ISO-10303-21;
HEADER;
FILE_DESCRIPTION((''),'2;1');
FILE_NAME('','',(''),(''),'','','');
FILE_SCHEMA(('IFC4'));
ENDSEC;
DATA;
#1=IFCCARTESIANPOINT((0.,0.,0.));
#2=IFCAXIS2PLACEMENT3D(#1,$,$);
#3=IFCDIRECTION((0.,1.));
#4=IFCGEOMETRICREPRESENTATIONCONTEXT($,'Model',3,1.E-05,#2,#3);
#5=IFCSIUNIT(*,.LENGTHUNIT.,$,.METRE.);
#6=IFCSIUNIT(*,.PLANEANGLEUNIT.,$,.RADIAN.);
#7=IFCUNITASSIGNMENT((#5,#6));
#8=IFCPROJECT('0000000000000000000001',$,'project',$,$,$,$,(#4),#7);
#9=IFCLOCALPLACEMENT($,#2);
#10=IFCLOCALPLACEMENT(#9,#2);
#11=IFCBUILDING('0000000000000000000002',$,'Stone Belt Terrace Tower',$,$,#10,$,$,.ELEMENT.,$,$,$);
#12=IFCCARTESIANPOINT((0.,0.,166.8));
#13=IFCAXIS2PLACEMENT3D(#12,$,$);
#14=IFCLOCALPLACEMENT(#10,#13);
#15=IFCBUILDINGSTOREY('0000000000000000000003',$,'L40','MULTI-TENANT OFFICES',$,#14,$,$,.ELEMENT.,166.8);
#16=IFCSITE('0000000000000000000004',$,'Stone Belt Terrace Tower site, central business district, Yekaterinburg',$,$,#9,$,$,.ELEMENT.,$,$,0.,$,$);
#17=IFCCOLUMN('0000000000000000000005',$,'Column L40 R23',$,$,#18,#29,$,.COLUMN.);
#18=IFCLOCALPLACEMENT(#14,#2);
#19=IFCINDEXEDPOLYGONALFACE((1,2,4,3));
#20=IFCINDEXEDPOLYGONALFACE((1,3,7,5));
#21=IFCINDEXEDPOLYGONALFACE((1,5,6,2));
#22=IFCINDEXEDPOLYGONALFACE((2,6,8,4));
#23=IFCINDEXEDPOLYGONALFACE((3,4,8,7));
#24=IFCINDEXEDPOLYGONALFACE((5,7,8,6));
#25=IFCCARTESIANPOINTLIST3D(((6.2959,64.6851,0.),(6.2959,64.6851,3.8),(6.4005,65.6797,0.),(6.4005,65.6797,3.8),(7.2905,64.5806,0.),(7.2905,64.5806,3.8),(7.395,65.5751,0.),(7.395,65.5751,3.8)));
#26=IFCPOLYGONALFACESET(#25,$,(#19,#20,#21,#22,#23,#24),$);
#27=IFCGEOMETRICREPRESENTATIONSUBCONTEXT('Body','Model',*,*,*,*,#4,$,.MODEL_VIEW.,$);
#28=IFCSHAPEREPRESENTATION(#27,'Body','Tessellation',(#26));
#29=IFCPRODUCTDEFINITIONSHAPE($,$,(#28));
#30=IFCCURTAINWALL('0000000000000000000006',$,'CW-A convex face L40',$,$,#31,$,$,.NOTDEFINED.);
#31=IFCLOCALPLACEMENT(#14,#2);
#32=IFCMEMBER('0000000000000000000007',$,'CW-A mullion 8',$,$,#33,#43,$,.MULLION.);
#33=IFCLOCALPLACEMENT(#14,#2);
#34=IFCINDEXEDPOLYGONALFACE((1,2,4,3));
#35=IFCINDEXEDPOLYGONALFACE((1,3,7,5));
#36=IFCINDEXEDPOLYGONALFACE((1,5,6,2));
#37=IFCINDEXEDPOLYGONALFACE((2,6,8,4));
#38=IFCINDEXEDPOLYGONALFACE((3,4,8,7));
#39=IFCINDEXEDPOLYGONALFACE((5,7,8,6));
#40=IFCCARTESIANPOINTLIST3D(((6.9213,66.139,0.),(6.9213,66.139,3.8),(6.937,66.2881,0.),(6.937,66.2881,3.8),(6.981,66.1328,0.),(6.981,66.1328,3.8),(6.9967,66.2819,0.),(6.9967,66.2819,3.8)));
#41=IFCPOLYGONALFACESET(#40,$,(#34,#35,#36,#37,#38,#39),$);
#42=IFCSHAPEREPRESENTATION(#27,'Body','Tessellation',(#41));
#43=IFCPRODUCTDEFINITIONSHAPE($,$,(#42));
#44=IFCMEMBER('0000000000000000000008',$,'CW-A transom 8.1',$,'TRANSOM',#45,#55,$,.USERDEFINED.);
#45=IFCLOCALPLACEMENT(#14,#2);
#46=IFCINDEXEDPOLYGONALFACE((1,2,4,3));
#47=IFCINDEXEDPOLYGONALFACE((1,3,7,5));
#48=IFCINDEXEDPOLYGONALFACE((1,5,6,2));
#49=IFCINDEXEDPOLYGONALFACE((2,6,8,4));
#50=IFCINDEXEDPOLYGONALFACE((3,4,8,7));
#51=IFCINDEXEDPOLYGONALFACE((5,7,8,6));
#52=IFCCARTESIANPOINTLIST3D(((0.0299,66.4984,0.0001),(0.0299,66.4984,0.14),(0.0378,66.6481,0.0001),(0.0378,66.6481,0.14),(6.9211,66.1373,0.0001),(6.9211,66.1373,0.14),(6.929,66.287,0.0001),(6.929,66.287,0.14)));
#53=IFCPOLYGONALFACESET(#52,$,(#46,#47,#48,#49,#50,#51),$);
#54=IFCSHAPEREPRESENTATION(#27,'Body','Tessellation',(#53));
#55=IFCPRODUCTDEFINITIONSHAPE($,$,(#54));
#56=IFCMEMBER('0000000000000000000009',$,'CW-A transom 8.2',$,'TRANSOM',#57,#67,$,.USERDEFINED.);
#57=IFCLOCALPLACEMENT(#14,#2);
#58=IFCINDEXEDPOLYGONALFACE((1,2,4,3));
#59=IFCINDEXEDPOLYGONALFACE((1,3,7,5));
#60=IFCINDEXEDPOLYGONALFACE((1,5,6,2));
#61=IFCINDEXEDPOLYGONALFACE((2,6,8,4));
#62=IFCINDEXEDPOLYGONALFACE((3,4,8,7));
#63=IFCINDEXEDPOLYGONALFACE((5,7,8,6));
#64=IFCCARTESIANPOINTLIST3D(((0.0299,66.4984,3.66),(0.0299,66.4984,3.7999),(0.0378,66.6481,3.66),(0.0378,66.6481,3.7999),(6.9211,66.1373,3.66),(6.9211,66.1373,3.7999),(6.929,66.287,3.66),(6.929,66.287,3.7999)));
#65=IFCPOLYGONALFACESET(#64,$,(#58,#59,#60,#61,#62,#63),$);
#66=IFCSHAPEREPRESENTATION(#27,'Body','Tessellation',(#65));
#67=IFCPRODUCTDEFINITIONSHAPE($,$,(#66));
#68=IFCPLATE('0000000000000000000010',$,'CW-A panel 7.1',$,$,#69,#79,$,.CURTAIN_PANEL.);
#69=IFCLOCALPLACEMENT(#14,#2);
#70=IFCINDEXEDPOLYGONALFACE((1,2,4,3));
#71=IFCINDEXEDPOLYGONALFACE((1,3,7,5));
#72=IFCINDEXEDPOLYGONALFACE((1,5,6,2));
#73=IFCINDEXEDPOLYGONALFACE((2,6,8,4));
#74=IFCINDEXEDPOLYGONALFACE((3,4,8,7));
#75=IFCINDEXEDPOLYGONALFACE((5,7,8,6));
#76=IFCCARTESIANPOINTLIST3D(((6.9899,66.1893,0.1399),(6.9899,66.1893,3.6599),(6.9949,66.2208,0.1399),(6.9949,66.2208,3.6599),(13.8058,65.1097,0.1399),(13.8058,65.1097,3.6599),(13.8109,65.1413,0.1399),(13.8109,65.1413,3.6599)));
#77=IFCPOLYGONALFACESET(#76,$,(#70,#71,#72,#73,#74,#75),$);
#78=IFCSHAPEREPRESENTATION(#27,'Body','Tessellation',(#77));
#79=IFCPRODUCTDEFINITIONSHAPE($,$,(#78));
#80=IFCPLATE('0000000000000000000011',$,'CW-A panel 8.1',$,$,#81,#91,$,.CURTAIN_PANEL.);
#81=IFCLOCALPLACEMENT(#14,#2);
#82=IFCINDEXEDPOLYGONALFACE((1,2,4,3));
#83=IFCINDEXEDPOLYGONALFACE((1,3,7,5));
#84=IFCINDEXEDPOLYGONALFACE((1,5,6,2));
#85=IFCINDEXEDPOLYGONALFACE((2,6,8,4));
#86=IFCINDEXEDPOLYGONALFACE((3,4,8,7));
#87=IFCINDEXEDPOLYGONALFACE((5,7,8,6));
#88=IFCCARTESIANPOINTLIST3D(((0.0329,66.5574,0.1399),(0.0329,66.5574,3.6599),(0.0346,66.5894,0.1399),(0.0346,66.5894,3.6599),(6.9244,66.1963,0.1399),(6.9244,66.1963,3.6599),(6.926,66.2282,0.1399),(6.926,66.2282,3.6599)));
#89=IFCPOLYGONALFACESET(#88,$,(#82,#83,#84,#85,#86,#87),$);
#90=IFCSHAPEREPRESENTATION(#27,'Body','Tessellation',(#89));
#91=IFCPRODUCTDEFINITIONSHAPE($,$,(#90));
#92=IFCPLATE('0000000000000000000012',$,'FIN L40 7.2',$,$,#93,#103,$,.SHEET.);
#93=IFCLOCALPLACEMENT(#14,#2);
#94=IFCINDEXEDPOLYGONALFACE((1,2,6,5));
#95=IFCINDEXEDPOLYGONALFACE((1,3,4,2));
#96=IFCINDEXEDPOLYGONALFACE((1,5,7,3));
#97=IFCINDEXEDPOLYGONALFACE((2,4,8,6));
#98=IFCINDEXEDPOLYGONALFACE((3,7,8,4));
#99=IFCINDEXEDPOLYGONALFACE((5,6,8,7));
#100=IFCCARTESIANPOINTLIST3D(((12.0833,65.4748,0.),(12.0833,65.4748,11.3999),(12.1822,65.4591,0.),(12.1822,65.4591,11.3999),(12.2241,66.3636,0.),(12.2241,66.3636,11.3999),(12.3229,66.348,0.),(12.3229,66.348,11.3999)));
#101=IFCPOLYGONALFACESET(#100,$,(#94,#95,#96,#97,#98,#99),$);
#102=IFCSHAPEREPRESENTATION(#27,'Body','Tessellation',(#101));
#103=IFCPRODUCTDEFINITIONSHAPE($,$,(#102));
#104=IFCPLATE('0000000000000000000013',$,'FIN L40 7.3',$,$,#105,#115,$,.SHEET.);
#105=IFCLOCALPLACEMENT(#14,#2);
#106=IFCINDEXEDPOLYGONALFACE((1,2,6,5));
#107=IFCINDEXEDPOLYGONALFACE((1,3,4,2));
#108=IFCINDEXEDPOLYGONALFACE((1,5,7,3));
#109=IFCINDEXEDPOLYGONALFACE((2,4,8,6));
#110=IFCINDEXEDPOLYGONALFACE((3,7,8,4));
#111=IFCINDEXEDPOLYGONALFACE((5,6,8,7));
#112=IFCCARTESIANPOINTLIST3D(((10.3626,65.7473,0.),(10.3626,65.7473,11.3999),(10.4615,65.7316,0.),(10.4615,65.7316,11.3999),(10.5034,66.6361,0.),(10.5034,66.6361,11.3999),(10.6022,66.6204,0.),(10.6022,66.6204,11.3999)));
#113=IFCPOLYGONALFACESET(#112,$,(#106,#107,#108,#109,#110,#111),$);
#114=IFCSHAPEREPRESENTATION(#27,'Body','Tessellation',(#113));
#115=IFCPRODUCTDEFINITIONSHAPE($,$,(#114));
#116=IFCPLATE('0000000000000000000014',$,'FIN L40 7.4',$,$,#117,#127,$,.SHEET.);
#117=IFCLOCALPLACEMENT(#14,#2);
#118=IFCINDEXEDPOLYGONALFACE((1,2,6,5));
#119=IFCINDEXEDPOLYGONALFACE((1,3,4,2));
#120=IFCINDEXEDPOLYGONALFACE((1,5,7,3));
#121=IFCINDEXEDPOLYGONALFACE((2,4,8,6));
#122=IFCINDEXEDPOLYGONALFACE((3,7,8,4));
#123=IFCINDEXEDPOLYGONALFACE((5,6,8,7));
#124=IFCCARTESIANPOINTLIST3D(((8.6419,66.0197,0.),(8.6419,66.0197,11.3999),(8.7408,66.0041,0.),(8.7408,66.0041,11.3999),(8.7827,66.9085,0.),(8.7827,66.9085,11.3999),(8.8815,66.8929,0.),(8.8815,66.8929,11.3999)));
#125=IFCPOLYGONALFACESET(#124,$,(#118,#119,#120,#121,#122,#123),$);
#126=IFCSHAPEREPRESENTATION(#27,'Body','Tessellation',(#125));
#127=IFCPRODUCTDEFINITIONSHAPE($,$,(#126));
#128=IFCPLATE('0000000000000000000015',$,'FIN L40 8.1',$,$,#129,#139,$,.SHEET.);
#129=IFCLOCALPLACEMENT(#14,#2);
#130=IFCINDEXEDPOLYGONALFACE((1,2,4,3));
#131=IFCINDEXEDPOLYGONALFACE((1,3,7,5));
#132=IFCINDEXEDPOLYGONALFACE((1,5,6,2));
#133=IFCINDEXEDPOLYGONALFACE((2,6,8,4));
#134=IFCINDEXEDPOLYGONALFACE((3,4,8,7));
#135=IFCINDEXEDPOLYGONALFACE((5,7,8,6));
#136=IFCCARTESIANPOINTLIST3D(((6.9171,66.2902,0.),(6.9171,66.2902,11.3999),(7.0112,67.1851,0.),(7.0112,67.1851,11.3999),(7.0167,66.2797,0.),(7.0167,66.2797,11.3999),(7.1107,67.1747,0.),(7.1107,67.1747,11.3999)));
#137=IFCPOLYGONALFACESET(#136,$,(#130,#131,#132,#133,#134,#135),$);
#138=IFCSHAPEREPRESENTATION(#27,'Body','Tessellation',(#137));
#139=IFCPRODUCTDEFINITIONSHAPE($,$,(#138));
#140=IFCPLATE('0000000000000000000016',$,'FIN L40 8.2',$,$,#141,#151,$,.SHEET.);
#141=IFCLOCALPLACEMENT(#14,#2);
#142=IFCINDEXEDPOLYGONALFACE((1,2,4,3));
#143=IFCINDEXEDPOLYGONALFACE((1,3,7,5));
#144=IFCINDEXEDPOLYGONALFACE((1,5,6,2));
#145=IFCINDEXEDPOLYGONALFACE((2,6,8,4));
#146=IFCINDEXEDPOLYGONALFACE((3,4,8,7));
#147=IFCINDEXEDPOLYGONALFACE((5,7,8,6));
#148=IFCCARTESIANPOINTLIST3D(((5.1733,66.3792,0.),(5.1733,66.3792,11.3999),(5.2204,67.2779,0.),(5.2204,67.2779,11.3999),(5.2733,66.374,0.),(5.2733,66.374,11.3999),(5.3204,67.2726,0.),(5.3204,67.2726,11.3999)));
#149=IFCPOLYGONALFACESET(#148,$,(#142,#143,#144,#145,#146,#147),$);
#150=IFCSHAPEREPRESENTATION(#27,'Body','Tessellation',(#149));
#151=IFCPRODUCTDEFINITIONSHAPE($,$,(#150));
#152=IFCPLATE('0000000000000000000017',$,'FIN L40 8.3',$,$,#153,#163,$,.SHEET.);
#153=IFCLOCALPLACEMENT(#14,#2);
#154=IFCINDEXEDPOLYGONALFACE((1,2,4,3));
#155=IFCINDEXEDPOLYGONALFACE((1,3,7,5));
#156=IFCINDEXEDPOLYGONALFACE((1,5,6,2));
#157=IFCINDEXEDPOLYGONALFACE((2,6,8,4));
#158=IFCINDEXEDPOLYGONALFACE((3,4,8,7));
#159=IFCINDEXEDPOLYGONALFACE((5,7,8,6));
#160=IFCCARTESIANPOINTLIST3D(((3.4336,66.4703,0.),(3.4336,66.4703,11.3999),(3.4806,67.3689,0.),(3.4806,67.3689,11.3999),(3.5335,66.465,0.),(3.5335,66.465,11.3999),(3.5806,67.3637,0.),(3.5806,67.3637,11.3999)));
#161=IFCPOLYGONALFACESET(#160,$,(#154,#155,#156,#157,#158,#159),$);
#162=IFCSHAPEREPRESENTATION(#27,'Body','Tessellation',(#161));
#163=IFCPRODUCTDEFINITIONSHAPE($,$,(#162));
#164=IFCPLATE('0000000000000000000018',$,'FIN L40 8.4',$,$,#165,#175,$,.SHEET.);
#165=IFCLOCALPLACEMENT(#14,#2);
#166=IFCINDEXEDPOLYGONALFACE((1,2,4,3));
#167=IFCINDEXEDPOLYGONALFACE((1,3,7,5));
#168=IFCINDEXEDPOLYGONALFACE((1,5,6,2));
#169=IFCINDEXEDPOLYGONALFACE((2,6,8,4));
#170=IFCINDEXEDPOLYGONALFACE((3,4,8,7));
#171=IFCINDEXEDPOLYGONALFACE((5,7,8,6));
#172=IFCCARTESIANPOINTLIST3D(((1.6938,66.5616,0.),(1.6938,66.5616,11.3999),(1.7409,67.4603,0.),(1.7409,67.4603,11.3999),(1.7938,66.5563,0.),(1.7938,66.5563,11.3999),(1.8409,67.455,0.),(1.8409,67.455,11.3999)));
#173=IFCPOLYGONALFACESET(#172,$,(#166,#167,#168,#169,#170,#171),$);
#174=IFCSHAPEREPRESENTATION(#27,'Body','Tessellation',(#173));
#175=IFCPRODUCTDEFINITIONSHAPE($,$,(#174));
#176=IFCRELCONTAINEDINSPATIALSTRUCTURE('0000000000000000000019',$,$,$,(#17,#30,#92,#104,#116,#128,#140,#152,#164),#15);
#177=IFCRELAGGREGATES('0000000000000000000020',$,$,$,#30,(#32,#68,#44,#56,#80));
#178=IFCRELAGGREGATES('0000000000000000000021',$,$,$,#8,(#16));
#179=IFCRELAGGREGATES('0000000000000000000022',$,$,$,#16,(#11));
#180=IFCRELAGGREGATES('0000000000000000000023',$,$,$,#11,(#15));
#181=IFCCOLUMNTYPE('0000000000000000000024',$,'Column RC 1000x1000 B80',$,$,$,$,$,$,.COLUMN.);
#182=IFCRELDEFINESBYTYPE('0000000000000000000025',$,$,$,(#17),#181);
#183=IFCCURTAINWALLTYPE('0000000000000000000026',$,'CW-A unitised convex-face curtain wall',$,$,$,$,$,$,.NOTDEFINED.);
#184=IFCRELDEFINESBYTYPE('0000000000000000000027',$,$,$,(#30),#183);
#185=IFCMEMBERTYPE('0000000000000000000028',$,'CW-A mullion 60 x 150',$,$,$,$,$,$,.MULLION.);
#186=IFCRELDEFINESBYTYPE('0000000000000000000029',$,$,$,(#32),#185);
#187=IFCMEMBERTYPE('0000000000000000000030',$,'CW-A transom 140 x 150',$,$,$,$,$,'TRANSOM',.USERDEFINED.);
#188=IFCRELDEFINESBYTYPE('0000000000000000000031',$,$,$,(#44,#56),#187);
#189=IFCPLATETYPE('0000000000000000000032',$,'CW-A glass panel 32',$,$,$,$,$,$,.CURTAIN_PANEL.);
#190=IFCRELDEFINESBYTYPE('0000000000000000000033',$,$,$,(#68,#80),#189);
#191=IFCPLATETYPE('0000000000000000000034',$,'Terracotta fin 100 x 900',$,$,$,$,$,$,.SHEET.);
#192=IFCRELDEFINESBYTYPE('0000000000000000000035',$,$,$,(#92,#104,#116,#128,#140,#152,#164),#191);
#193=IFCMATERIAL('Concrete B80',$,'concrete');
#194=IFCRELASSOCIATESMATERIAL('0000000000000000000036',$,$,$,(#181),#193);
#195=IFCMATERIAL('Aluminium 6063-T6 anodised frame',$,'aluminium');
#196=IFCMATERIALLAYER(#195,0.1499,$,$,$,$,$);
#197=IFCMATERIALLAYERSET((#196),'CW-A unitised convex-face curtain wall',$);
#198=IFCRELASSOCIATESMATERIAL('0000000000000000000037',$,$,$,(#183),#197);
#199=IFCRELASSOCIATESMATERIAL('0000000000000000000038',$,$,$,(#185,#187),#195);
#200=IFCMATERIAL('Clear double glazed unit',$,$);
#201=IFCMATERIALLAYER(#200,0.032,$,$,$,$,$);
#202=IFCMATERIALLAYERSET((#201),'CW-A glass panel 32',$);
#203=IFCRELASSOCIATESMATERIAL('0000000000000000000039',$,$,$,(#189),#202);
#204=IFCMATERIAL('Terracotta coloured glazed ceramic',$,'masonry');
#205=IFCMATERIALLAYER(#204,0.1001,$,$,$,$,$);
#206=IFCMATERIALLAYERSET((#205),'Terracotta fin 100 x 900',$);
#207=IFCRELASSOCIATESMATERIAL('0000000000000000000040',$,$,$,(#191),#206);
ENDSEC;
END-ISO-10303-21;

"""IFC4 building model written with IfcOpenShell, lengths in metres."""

from ifc_helpers import new_model, si_unit, direction, frame, origin, origin_2d, place, context, subcontext, project, spatial, rectangle, extrude, material, layer, layer_set, material_profile, profile_set, type_object, element, aggregate, save


model = new_model("IFC4")

# Units and contexts
model_context = context("Model", 3, precision=1e-05, world=origin(), true_north=direction((0.0, 1.0)))
body_context = subcontext(model_context, "Body", "Model", "MODEL_VIEW")
ifc_project = project(units=[si_unit("LENGTHUNIT", "METRE"), si_unit("PLANEANGLEUNIT", "RADIAN")], contexts=[model_context])

# Site, building, storey
site_placement = place(None, origin())
site = spatial("IfcSite", under=ifc_project, at=site_placement, Name="Stone Belt Terrace Tower site, central business district, Yekaterinburg", CompositionType="ELEMENT", RefElevation=0.0)
building_placement = place(site_placement, origin())
building = spatial("IfcBuilding", under=site, at=building_placement, Name="Stone Belt Terrace Tower", CompositionType="ELEMENT")
storey_placement = place(building_placement, frame((0.0, 0.0, 166.8)))
storey = spatial("IfcBuildingStorey", under=building, at=storey_placement, Name="L40", Description="MULTI-TENANT OFFICES", CompositionType="ELEMENT", Elevation=166.8)

# Column
ifc_material_1 = material(Name="Concrete B80", Category="concrete")
ifc_material_profile_1 = material_profile(ifc_material_1, rectangle(XDim=1.0, YDim=1.0, at=origin_2d()), Name="RC 1000x1000")
ifc_profile_set_1 = profile_set([ifc_material_profile_1], Name="Concrete B80")
column_type = type_object("IfcColumnType", Name="Column RC 1000x1000 B80", PredefinedType="COLUMN", material=ifc_profile_set_1)
column_placement = place(storey_placement, frame((6.8455, 65.1301, 0.0), z_axis=(0.0, 0.0, 1.0), x_axis=(0.994522, -0.104528, 0.0)))
element("IfcColumn", 1, at=column_placement, inside=storey, type_object=column_type, Name="Column L40 R23", PredefinedType="COLUMN", context=body_context, shape_type="SweptSolid", body=[
    extrude(rectangle(XDim=1.0, YDim=1.0, at=origin_2d()), origin(), (0.0, 0.0, 1.0), 3.8),
])

# Curtain wall, members, plates
ifc_material_2 = material(Name="Aluminium 6063-T6 anodised frame", Category="aluminium")
ifc_layer_1 = layer(ifc_material_2, 0.1499)
ifc_layer_set_1 = layer_set([ifc_layer_1], Name="CW-A unitised convex-face curtain wall")
curtain_wall_type = type_object("IfcCurtainWallType", Name="CW-A unitised convex-face curtain wall", PredefinedType="NOTDEFINED", material=ifc_layer_set_1)
curtain_wall_placement = place(storey_placement, origin())
curtain_wall = element("IfcCurtainWall", 2, at=curtain_wall_placement, inside=storey, type_object=curtain_wall_type, Name="CW-A convex face L40", PredefinedType="NOTDEFINED")
ifc_material_profile_2 = material_profile(ifc_material_2, rectangle(XDim=0.1499, YDim=0.0601, at=origin_2d()), Name="Aluminium 6063-T6 60x150")
ifc_profile_set_2 = profile_set([ifc_material_profile_2], Name="Aluminium 6063-T6 anodised frame")
member_type_1 = type_object("IfcMemberType", Name="CW-A mullion 60 x 150", PredefinedType="MULLION", material=ifc_profile_set_2)
member_1_placement = place(storey_placement, frame((6.959, 66.2104, 0.0), z_axis=(0.0, 0.0, 1.0), x_axis=(-0.104528, -0.994522, 0.0)))
member_1 = element("IfcMember", 3, at=member_1_placement, type_object=member_type_1, Name="CW-A mullion 8", PredefinedType="MULLION", context=body_context, shape_type="SweptSolid", body=[
    extrude(rectangle(XDim=0.1499, YDim=0.0601, at=origin_2d()), origin(), (0.0, 0.0, 1.0), 3.8),
])
ifc_material_profile_3 = material_profile(ifc_material_2, rectangle(XDim=0.1499, YDim=0.1399, at=origin_2d()), Name="Aluminium 6063-T6 150x140")
ifc_profile_set_3 = profile_set([ifc_material_profile_3], Name="Aluminium 6063-T6 anodised frame")
member_type_2 = type_object("IfcMemberType", Name="CW-A transom 140 x 150", ElementType="TRANSOM", PredefinedType="USERDEFINED", material=ifc_profile_set_3)
member_2_placement = place(storey_placement, frame((6.925, 66.2122, 0.0701), z_axis=(-0.99863, 0.052327, 0.0), x_axis=(-0.052327, -0.99863, 0.0)))
member_2 = element("IfcMember", 4, at=member_2_placement, type_object=member_type_2, Name="CW-A transom 8.1", ObjectType="TRANSOM", PredefinedType="USERDEFINED", context=body_context, shape_type="SweptSolid", body=[
    extrude(rectangle(XDim=0.1499, YDim=0.1399, at=origin_2d()), origin(), (0.0, 0.0, 1.0), 6.9006),
])
member_3_placement = place(storey_placement, frame((6.925, 66.2122, 3.73), z_axis=(-0.99863, 0.052327, 0.0), x_axis=(-0.052327, -0.99863, 0.0)))
member_3 = element("IfcMember", 5, at=member_3_placement, type_object=member_type_2, Name="CW-A transom 8.2", ObjectType="TRANSOM", PredefinedType="USERDEFINED", context=body_context, shape_type="SweptSolid", body=[
    extrude(rectangle(XDim=0.1499, YDim=0.1399, at=origin_2d()), origin(), (0.0, 0.0, 1.0), 6.9006),
])
ifc_material_3 = material(Name="Clear double glazed unit")
ifc_layer_2 = layer(ifc_material_3, 0.032)
ifc_layer_set_2 = layer_set([ifc_layer_2], Name="CW-A glass panel 32")
plate_type_1 = type_object("IfcPlateType", Name="CW-A glass panel 32", PredefinedType="CURTAIN_PANEL", material=ifc_layer_set_2)
plate_1_placement = place(storey_placement, frame((10.4004, 65.6653, 0.1399), z_axis=(0.0, 0.0, 1.0), x_axis=(-0.987688, 0.156434, 0.0)))
plate_1 = element("IfcPlate", 6, at=plate_1_placement, type_object=plate_type_1, Name="CW-A panel 7.1", PredefinedType="CURTAIN_PANEL", context=body_context, shape_type="SweptSolid", body=[
    extrude(rectangle(XDim=6.9009, YDim=0.032, at=origin_2d()), origin(), (0.0, 0.0, 1.0), 3.52),
])
plate_2_placement = place(storey_placement, frame((3.4795, 66.3928, 0.1399), z_axis=(0.0, 0.0, 1.0), x_axis=(-0.99863, 0.052336, 0.0)))
plate_2 = element("IfcPlate", 7, at=plate_2_placement, type_object=plate_type_1, Name="CW-A panel 8.1", PredefinedType="CURTAIN_PANEL", context=body_context, shape_type="SweptSolid", body=[
    extrude(rectangle(XDim=6.9009, YDim=0.032, at=origin_2d()), origin(), (0.0, 0.0, 1.0), 3.52),
])
aggregate(curtain_wall, [member_1, plate_1, member_2, member_3, plate_2])

# Plates
ifc_material_4 = material(Name="Terracotta coloured glazed ceramic", Category="masonry")
ifc_layer_3 = layer(ifc_material_4, 0.1001)
ifc_layer_set_3 = layer_set([ifc_layer_3], Name="Terracotta fin 100 x 900")
plate_type_2 = type_object("IfcPlateType", Name="Terracotta fin 100 x 900", PredefinedType="SHEET", material=ifc_layer_set_3)
for number, where, z_axis, x_axis, name in (
    (8, (12.2031, 65.9114, 0.0), (0.0, 0.0, 1.0), (0.156434, 0.987688, 0.0), "FIN L40 7.2"),
    (9, (10.4824, 66.1838, 0.0), (0.0, 0.0, 1.0), (0.156434, 0.987688, 0.0), "FIN L40 7.3"),
    (10, (8.7617, 66.4563, 0.0), (0.0, 0.0, 1.0), (0.156434, 0.987688, 0.0), "FIN L40 7.4"),
    (11, (7.0139, 66.7324, 0.0), (0.0, 0.0, 1.0), (0.104528, 0.994522, 0.0), "FIN L40 8.1"),
    (12, (5.2468, 66.8259, 0.0), (0.0, 0.0, 1.0), (0.052336, 0.99863, 0.0), "FIN L40 8.2"),
    (13, (3.5071, 66.917, 0.0), (0.0, 0.0, 1.0), (0.052336, 0.99863, 0.0), "FIN L40 8.3"),
    (14, (1.7673, 67.0083, 0.0), (0.0, 0.0, 1.0), (0.052336, 0.99863, 0.0), "FIN L40 8.4"),
):
    element("IfcPlate", number, at=place(storey_placement, frame(where, z_axis=z_axis, x_axis=x_axis)), inside=storey, type_object=plate_type_2, Name=name, PredefinedType="SHEET", context=body_context, shape_type="SweptSolid", body=[
        extrude(rectangle(XDim=0.8999, YDim=0.1001, at=origin_2d()), origin(), (0.0, 0.0, 1.0), 11.3999),
    ])

save(model, "model.ifc")
